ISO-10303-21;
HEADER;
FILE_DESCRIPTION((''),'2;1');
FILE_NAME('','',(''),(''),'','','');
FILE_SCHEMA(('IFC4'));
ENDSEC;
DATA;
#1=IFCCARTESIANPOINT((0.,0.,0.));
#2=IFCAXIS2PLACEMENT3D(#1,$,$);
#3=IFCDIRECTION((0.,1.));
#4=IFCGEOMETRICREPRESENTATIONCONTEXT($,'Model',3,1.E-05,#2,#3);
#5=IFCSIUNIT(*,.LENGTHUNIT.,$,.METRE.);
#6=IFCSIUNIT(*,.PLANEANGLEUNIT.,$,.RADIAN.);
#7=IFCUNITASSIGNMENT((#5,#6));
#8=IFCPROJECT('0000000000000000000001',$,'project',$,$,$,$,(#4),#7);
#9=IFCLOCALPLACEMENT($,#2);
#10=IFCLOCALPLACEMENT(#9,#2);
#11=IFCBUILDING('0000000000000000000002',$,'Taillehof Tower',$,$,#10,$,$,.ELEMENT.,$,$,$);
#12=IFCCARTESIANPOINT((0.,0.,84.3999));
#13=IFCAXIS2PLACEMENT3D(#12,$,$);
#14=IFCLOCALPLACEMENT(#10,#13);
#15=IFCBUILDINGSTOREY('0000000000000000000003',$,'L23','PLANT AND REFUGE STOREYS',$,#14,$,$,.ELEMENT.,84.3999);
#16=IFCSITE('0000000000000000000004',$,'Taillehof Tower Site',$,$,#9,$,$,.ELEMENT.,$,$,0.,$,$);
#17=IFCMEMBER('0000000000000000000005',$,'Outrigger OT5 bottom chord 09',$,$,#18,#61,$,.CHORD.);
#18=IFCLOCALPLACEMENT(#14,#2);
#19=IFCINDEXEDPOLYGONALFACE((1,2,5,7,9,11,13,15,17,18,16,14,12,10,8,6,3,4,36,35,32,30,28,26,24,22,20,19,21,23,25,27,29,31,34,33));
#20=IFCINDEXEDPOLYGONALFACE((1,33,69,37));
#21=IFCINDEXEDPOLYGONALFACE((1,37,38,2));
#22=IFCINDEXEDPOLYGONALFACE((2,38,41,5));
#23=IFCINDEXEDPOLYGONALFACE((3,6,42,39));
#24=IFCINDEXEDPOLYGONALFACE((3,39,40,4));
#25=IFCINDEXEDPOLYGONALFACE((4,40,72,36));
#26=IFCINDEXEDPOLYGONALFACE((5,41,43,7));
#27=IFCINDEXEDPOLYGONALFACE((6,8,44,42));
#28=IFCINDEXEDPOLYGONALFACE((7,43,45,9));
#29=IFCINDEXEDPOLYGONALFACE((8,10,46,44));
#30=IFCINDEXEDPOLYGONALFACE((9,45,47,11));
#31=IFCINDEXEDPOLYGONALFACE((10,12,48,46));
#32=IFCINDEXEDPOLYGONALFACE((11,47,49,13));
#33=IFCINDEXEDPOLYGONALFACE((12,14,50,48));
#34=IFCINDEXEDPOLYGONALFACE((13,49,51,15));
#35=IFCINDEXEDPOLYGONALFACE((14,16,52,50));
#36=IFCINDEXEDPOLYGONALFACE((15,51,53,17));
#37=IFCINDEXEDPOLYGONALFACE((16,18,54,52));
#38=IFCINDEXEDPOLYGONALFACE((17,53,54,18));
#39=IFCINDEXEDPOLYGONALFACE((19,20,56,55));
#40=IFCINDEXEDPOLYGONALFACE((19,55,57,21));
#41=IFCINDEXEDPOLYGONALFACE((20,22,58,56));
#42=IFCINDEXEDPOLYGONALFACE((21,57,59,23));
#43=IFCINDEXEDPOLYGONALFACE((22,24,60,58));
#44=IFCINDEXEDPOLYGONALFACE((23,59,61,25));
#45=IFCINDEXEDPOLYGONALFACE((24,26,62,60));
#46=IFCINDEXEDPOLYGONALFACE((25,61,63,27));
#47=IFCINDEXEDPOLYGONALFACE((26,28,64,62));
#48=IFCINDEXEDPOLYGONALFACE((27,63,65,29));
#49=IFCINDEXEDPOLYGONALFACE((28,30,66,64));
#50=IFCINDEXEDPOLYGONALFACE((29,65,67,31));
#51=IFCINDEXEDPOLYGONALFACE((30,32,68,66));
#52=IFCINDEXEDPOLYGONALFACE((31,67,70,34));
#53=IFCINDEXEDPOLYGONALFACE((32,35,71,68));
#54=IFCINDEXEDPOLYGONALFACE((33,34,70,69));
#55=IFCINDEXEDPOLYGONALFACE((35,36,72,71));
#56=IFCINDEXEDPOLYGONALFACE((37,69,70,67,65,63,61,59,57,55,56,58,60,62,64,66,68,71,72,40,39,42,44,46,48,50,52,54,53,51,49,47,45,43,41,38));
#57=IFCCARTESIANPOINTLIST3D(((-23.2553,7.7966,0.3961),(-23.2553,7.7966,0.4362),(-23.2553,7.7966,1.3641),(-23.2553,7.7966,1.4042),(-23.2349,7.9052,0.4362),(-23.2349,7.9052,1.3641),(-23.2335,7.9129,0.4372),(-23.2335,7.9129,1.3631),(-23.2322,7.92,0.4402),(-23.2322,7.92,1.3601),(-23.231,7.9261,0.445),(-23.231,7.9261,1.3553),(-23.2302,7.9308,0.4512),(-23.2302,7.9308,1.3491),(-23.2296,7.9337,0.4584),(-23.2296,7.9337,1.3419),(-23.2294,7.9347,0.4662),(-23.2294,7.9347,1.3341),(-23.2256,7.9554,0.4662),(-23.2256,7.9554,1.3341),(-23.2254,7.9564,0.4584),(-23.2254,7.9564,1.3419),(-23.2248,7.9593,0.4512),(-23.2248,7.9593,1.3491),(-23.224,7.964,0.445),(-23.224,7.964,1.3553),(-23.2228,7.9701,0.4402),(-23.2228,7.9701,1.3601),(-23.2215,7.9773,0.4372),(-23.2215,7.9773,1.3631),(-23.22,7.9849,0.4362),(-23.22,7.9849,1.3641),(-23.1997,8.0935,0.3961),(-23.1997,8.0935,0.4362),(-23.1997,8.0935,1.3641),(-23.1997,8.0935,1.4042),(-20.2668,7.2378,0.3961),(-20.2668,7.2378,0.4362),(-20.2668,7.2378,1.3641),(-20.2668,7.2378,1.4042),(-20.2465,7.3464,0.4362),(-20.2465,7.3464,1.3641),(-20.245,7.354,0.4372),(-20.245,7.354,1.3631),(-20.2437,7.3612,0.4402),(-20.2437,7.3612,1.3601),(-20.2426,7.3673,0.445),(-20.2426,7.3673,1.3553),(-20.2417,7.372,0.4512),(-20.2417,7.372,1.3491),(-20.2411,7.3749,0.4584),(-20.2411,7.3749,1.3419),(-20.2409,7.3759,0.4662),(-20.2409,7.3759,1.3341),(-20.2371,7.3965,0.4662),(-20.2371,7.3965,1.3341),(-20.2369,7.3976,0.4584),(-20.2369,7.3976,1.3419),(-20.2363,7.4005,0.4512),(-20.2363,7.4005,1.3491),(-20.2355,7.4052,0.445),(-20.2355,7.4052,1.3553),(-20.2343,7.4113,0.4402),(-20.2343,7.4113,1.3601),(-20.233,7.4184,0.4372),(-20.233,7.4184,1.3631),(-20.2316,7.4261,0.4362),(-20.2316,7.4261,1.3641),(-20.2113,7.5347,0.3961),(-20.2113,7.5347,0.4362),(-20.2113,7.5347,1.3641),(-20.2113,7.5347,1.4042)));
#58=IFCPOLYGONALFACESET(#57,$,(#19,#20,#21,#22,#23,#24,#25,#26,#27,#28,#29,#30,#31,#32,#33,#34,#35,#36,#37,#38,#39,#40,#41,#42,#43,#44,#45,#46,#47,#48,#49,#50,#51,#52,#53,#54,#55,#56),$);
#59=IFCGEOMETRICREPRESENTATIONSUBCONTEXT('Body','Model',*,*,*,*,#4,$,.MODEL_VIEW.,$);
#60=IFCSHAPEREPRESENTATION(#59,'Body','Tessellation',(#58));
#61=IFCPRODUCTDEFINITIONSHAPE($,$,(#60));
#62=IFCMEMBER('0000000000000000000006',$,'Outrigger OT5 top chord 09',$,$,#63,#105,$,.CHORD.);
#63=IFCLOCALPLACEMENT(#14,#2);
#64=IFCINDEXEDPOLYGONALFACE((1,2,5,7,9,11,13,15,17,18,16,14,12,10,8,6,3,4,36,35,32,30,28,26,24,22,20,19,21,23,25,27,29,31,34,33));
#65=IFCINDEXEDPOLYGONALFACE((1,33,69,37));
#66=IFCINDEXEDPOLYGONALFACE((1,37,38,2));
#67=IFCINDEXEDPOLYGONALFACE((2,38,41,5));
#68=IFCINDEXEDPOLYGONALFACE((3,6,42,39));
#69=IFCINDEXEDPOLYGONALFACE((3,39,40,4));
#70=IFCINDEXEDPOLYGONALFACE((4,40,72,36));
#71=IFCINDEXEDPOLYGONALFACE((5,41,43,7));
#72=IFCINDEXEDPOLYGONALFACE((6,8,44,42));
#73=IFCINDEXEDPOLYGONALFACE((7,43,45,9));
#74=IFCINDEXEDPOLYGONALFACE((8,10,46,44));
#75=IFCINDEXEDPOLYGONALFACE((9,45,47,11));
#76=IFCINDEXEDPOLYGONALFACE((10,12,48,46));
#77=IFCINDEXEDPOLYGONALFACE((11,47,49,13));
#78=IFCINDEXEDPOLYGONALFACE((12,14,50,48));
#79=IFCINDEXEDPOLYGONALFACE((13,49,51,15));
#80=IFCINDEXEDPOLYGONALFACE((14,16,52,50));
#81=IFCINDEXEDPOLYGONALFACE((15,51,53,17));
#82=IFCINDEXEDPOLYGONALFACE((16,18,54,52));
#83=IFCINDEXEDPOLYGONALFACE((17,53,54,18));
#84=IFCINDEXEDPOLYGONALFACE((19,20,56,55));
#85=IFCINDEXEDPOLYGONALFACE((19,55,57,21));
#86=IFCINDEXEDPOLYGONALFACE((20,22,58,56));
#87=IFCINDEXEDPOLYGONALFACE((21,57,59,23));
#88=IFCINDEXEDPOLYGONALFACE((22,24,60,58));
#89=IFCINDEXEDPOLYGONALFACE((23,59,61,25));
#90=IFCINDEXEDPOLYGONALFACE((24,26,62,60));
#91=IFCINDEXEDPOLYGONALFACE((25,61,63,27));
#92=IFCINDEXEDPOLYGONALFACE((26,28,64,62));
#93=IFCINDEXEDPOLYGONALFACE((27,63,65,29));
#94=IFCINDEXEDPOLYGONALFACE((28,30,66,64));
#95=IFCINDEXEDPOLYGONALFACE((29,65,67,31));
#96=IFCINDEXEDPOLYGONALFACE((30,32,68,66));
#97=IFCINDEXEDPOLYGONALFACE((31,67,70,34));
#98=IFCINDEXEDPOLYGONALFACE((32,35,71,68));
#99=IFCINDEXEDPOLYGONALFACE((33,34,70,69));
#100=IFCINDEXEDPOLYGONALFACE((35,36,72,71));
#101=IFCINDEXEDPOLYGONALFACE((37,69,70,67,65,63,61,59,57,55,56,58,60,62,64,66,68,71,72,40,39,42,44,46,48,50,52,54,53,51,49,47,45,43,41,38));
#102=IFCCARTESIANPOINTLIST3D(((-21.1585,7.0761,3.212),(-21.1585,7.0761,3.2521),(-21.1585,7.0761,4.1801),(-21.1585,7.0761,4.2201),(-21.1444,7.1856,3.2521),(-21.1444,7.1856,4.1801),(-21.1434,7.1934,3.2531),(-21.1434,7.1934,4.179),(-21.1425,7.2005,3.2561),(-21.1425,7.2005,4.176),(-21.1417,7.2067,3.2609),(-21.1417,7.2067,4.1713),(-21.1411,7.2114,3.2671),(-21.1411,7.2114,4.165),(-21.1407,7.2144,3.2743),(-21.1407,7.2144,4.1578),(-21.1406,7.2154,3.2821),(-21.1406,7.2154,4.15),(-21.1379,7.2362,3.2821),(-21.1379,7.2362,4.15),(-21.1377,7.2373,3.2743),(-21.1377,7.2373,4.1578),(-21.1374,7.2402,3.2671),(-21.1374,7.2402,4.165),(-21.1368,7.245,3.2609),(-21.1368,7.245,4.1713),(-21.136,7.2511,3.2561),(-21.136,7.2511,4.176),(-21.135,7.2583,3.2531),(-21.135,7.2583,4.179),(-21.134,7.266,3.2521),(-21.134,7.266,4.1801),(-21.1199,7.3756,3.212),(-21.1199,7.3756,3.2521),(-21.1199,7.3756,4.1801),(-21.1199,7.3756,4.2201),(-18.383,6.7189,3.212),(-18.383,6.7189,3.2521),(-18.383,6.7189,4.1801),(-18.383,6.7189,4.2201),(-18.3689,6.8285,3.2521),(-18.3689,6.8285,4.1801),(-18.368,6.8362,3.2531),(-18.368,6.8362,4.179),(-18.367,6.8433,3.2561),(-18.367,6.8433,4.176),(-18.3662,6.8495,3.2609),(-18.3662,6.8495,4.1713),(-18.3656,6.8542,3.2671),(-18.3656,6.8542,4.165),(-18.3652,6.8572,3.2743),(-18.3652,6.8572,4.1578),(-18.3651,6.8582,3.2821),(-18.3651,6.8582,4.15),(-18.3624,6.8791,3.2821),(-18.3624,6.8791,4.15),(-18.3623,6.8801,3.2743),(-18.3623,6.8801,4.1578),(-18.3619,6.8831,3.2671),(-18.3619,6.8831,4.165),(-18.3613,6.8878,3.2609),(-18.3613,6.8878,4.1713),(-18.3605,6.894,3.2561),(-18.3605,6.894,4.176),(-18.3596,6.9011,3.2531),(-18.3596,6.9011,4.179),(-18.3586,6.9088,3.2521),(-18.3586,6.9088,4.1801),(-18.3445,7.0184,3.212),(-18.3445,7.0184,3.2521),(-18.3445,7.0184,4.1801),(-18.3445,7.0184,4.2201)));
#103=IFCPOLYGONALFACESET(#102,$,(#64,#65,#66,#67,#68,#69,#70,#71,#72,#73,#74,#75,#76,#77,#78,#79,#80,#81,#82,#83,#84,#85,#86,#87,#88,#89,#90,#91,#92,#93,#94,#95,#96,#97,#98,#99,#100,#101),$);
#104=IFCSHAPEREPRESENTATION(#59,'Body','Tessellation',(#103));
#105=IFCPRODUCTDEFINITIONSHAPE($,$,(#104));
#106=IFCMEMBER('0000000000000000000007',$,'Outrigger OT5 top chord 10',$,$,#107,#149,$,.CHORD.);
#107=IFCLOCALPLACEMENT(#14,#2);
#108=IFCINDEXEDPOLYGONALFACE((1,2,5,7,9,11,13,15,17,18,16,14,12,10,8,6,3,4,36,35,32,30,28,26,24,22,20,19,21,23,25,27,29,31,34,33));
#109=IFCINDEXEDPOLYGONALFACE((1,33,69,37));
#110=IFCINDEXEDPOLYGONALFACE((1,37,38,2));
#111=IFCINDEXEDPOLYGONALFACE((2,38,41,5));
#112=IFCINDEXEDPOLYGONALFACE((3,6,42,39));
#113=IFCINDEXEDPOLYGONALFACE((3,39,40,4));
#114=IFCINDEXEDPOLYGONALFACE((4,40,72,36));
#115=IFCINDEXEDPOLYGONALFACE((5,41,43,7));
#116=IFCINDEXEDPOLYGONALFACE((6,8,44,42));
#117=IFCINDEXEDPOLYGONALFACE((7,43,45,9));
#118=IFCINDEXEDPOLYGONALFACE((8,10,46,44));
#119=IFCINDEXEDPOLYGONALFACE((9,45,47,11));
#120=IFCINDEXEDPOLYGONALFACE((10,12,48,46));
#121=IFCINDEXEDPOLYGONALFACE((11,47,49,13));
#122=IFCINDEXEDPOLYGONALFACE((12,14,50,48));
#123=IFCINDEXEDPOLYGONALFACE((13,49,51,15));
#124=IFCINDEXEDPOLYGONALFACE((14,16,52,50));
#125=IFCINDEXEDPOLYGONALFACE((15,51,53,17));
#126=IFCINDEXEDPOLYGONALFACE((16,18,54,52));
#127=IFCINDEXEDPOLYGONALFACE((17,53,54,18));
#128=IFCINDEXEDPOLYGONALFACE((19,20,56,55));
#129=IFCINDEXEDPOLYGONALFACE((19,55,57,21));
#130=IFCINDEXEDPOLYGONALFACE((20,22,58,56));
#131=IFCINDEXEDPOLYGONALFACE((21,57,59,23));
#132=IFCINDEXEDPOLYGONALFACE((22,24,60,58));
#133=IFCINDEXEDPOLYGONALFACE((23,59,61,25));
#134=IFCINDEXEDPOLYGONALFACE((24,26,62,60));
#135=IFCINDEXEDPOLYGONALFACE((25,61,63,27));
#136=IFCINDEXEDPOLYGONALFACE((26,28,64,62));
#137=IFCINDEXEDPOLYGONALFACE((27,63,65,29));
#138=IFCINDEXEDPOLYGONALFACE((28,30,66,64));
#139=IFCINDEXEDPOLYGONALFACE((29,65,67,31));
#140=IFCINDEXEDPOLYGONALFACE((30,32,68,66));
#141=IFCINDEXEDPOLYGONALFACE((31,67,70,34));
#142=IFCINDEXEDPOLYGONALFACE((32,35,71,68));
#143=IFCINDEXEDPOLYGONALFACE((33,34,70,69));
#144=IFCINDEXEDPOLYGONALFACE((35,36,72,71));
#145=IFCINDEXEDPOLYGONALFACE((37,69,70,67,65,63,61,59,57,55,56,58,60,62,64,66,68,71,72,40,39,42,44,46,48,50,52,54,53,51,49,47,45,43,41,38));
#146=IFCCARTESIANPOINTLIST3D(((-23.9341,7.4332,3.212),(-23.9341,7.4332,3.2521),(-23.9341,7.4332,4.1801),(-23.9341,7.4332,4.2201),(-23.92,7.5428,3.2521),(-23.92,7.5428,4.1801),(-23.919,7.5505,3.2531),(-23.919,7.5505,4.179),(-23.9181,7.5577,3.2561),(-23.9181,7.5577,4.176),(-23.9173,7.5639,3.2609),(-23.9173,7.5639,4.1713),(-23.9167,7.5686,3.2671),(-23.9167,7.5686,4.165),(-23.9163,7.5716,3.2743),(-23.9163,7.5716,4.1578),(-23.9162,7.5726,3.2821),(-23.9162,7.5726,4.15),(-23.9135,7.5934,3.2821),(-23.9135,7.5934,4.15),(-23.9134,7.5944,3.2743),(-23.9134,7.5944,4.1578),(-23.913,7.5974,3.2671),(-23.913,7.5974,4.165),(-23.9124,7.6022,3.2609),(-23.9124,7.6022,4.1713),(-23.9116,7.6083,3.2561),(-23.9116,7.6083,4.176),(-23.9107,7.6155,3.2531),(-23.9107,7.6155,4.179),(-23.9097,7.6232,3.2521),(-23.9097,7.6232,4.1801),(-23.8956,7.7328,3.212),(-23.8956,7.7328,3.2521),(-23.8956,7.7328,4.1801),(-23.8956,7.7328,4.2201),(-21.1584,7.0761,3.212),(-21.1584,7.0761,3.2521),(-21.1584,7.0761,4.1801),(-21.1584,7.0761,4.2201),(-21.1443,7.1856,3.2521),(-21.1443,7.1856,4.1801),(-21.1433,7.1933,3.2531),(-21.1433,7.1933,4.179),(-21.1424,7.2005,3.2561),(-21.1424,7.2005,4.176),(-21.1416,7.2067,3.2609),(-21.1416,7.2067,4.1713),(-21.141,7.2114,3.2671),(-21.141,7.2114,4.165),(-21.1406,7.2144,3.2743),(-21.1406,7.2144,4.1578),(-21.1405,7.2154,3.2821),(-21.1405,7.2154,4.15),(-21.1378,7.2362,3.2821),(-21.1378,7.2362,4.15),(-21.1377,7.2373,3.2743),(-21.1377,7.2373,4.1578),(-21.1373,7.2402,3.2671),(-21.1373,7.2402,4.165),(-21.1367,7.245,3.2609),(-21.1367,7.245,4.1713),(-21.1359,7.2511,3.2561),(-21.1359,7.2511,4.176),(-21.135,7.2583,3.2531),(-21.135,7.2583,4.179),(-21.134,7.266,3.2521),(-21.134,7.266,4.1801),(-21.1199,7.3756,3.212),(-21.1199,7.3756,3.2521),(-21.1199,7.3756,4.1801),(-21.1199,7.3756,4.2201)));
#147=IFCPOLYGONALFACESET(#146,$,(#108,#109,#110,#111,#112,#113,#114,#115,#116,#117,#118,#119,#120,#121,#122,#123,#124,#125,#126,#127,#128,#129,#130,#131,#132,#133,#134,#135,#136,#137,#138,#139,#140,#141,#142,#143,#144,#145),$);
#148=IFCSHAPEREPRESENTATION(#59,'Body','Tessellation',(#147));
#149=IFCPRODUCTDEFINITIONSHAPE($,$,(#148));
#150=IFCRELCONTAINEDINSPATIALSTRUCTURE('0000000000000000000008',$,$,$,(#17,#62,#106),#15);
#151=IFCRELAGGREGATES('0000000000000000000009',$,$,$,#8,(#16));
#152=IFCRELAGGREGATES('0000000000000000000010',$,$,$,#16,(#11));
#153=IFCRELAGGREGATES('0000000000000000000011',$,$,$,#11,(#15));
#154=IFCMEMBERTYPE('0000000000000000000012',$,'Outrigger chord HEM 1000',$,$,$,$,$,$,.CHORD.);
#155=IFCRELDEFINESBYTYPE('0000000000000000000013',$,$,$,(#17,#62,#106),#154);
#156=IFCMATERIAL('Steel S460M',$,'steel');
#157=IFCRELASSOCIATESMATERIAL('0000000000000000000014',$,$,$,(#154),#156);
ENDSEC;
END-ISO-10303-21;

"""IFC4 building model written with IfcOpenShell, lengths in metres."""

from ifc_helpers import new_model, si_unit, direction, frame, origin, origin_2d, place, context, subcontext, project, spatial, i_section, extrude, material, material_profile, profile_set, type_object, element, save


model = new_model("IFC4")

# Units and contexts
model_context = context("Model", 3, precision=1e-05, world=origin(), true_north=direction((0.0, 1.0)))
body_context = subcontext(model_context, "Body", "Model", "MODEL_VIEW")
ifc_project = project(units=[si_unit("LENGTHUNIT", "METRE"), si_unit("PLANEANGLEUNIT", "RADIAN")], contexts=[model_context])

# Site, building, storey
site_placement = place(None, origin())
site = spatial("IfcSite", under=ifc_project, at=site_placement, Name="Taillehof Tower Site", CompositionType="ELEMENT", RefElevation=0.0)
building_placement = place(site_placement, origin())
building = spatial("IfcBuilding", under=site, at=building_placement, Name="Taillehof Tower", CompositionType="ELEMENT")
storey_placement = place(building_placement, frame((0.0, 0.0, 84.3999)))
storey = spatial("IfcBuildingStorey", under=building, at=storey_placement, Name="L23", Description="PLANT AND REFUGE STOREYS", CompositionType="ELEMENT", Elevation=84.3999)

# Members
ifc_material_1 = material(Name="Steel S460M", Category="steel")
ifc_material_profile_1 = material_profile(ifc_material_1, i_section(OverallWidth=0.302, OverallDepth=1.0081, WebThickness=0.021, FlangeThickness=0.04, FilletRadius=0.03, at=origin_2d()), Name="HEM 1000")
ifc_profile_set_1 = profile_set([ifc_material_profile_1], Name="Steel S460M")
member_type_1 = type_object("IfcMemberType", Name="Outrigger chord HEM 1000", PredefinedType="CHORD", material=ifc_profile_set_1)
member_1_placement = place(storey_placement, frame((-20.239, 7.3862, 0.9001), z_axis=(-0.982962, 0.183809, 0.0), x_axis=(-0.183809, -0.982962, 0.0)))
element("IfcMember", 1, at=member_1_placement, inside=storey, type_object=member_type_1, Name="Outrigger OT5 bottom chord 09", PredefinedType="CHORD", context=body_context, shape_type="SweptSolid", body=[
    extrude(i_section(OverallWidth=0.302, OverallDepth=1.0081, WebThickness=0.021, FlangeThickness=0.04, FilletRadius=0.03, at=origin_2d()), origin(), (0.0, 0.0, 1.0), 3.0403),
])
member_2_placement = place(storey_placement, frame((-18.3638, 6.8687, 3.7161), z_axis=(-0.99182, 0.127642, 0.0), x_axis=(-0.127642, -0.99182, 0.0)))
element("IfcMember", 2, at=member_2_placement, inside=storey, type_object=member_type_1, Name="Outrigger OT5 top chord 09", PredefinedType="CHORD", context=body_context, shape_type="SweptSolid", body=[
    extrude(i_section(OverallWidth=0.302, OverallDepth=1.0081, WebThickness=0.021, FlangeThickness=0.04, FilletRadius=0.03, at=origin_2d()), origin(), (0.0, 0.0, 1.0), 2.7983),
])
member_3_placement = place(storey_placement, frame((-21.1392, 7.2258, 3.7161), z_axis=(-0.991822, 0.127631, 0.0), x_axis=(-0.127631, -0.991822, 0.0)))
element("IfcMember", 3, at=member_3_placement, inside=storey, type_object=member_type_1, Name="Outrigger OT5 top chord 10", PredefinedType="CHORD", context=body_context, shape_type="SweptSolid", body=[
    extrude(i_section(OverallWidth=0.302, OverallDepth=1.0081, WebThickness=0.021, FlangeThickness=0.04, FilletRadius=0.03, at=origin_2d()), origin(), (0.0, 0.0, 1.0), 2.7986),
])

save(model, "model.ifc")
